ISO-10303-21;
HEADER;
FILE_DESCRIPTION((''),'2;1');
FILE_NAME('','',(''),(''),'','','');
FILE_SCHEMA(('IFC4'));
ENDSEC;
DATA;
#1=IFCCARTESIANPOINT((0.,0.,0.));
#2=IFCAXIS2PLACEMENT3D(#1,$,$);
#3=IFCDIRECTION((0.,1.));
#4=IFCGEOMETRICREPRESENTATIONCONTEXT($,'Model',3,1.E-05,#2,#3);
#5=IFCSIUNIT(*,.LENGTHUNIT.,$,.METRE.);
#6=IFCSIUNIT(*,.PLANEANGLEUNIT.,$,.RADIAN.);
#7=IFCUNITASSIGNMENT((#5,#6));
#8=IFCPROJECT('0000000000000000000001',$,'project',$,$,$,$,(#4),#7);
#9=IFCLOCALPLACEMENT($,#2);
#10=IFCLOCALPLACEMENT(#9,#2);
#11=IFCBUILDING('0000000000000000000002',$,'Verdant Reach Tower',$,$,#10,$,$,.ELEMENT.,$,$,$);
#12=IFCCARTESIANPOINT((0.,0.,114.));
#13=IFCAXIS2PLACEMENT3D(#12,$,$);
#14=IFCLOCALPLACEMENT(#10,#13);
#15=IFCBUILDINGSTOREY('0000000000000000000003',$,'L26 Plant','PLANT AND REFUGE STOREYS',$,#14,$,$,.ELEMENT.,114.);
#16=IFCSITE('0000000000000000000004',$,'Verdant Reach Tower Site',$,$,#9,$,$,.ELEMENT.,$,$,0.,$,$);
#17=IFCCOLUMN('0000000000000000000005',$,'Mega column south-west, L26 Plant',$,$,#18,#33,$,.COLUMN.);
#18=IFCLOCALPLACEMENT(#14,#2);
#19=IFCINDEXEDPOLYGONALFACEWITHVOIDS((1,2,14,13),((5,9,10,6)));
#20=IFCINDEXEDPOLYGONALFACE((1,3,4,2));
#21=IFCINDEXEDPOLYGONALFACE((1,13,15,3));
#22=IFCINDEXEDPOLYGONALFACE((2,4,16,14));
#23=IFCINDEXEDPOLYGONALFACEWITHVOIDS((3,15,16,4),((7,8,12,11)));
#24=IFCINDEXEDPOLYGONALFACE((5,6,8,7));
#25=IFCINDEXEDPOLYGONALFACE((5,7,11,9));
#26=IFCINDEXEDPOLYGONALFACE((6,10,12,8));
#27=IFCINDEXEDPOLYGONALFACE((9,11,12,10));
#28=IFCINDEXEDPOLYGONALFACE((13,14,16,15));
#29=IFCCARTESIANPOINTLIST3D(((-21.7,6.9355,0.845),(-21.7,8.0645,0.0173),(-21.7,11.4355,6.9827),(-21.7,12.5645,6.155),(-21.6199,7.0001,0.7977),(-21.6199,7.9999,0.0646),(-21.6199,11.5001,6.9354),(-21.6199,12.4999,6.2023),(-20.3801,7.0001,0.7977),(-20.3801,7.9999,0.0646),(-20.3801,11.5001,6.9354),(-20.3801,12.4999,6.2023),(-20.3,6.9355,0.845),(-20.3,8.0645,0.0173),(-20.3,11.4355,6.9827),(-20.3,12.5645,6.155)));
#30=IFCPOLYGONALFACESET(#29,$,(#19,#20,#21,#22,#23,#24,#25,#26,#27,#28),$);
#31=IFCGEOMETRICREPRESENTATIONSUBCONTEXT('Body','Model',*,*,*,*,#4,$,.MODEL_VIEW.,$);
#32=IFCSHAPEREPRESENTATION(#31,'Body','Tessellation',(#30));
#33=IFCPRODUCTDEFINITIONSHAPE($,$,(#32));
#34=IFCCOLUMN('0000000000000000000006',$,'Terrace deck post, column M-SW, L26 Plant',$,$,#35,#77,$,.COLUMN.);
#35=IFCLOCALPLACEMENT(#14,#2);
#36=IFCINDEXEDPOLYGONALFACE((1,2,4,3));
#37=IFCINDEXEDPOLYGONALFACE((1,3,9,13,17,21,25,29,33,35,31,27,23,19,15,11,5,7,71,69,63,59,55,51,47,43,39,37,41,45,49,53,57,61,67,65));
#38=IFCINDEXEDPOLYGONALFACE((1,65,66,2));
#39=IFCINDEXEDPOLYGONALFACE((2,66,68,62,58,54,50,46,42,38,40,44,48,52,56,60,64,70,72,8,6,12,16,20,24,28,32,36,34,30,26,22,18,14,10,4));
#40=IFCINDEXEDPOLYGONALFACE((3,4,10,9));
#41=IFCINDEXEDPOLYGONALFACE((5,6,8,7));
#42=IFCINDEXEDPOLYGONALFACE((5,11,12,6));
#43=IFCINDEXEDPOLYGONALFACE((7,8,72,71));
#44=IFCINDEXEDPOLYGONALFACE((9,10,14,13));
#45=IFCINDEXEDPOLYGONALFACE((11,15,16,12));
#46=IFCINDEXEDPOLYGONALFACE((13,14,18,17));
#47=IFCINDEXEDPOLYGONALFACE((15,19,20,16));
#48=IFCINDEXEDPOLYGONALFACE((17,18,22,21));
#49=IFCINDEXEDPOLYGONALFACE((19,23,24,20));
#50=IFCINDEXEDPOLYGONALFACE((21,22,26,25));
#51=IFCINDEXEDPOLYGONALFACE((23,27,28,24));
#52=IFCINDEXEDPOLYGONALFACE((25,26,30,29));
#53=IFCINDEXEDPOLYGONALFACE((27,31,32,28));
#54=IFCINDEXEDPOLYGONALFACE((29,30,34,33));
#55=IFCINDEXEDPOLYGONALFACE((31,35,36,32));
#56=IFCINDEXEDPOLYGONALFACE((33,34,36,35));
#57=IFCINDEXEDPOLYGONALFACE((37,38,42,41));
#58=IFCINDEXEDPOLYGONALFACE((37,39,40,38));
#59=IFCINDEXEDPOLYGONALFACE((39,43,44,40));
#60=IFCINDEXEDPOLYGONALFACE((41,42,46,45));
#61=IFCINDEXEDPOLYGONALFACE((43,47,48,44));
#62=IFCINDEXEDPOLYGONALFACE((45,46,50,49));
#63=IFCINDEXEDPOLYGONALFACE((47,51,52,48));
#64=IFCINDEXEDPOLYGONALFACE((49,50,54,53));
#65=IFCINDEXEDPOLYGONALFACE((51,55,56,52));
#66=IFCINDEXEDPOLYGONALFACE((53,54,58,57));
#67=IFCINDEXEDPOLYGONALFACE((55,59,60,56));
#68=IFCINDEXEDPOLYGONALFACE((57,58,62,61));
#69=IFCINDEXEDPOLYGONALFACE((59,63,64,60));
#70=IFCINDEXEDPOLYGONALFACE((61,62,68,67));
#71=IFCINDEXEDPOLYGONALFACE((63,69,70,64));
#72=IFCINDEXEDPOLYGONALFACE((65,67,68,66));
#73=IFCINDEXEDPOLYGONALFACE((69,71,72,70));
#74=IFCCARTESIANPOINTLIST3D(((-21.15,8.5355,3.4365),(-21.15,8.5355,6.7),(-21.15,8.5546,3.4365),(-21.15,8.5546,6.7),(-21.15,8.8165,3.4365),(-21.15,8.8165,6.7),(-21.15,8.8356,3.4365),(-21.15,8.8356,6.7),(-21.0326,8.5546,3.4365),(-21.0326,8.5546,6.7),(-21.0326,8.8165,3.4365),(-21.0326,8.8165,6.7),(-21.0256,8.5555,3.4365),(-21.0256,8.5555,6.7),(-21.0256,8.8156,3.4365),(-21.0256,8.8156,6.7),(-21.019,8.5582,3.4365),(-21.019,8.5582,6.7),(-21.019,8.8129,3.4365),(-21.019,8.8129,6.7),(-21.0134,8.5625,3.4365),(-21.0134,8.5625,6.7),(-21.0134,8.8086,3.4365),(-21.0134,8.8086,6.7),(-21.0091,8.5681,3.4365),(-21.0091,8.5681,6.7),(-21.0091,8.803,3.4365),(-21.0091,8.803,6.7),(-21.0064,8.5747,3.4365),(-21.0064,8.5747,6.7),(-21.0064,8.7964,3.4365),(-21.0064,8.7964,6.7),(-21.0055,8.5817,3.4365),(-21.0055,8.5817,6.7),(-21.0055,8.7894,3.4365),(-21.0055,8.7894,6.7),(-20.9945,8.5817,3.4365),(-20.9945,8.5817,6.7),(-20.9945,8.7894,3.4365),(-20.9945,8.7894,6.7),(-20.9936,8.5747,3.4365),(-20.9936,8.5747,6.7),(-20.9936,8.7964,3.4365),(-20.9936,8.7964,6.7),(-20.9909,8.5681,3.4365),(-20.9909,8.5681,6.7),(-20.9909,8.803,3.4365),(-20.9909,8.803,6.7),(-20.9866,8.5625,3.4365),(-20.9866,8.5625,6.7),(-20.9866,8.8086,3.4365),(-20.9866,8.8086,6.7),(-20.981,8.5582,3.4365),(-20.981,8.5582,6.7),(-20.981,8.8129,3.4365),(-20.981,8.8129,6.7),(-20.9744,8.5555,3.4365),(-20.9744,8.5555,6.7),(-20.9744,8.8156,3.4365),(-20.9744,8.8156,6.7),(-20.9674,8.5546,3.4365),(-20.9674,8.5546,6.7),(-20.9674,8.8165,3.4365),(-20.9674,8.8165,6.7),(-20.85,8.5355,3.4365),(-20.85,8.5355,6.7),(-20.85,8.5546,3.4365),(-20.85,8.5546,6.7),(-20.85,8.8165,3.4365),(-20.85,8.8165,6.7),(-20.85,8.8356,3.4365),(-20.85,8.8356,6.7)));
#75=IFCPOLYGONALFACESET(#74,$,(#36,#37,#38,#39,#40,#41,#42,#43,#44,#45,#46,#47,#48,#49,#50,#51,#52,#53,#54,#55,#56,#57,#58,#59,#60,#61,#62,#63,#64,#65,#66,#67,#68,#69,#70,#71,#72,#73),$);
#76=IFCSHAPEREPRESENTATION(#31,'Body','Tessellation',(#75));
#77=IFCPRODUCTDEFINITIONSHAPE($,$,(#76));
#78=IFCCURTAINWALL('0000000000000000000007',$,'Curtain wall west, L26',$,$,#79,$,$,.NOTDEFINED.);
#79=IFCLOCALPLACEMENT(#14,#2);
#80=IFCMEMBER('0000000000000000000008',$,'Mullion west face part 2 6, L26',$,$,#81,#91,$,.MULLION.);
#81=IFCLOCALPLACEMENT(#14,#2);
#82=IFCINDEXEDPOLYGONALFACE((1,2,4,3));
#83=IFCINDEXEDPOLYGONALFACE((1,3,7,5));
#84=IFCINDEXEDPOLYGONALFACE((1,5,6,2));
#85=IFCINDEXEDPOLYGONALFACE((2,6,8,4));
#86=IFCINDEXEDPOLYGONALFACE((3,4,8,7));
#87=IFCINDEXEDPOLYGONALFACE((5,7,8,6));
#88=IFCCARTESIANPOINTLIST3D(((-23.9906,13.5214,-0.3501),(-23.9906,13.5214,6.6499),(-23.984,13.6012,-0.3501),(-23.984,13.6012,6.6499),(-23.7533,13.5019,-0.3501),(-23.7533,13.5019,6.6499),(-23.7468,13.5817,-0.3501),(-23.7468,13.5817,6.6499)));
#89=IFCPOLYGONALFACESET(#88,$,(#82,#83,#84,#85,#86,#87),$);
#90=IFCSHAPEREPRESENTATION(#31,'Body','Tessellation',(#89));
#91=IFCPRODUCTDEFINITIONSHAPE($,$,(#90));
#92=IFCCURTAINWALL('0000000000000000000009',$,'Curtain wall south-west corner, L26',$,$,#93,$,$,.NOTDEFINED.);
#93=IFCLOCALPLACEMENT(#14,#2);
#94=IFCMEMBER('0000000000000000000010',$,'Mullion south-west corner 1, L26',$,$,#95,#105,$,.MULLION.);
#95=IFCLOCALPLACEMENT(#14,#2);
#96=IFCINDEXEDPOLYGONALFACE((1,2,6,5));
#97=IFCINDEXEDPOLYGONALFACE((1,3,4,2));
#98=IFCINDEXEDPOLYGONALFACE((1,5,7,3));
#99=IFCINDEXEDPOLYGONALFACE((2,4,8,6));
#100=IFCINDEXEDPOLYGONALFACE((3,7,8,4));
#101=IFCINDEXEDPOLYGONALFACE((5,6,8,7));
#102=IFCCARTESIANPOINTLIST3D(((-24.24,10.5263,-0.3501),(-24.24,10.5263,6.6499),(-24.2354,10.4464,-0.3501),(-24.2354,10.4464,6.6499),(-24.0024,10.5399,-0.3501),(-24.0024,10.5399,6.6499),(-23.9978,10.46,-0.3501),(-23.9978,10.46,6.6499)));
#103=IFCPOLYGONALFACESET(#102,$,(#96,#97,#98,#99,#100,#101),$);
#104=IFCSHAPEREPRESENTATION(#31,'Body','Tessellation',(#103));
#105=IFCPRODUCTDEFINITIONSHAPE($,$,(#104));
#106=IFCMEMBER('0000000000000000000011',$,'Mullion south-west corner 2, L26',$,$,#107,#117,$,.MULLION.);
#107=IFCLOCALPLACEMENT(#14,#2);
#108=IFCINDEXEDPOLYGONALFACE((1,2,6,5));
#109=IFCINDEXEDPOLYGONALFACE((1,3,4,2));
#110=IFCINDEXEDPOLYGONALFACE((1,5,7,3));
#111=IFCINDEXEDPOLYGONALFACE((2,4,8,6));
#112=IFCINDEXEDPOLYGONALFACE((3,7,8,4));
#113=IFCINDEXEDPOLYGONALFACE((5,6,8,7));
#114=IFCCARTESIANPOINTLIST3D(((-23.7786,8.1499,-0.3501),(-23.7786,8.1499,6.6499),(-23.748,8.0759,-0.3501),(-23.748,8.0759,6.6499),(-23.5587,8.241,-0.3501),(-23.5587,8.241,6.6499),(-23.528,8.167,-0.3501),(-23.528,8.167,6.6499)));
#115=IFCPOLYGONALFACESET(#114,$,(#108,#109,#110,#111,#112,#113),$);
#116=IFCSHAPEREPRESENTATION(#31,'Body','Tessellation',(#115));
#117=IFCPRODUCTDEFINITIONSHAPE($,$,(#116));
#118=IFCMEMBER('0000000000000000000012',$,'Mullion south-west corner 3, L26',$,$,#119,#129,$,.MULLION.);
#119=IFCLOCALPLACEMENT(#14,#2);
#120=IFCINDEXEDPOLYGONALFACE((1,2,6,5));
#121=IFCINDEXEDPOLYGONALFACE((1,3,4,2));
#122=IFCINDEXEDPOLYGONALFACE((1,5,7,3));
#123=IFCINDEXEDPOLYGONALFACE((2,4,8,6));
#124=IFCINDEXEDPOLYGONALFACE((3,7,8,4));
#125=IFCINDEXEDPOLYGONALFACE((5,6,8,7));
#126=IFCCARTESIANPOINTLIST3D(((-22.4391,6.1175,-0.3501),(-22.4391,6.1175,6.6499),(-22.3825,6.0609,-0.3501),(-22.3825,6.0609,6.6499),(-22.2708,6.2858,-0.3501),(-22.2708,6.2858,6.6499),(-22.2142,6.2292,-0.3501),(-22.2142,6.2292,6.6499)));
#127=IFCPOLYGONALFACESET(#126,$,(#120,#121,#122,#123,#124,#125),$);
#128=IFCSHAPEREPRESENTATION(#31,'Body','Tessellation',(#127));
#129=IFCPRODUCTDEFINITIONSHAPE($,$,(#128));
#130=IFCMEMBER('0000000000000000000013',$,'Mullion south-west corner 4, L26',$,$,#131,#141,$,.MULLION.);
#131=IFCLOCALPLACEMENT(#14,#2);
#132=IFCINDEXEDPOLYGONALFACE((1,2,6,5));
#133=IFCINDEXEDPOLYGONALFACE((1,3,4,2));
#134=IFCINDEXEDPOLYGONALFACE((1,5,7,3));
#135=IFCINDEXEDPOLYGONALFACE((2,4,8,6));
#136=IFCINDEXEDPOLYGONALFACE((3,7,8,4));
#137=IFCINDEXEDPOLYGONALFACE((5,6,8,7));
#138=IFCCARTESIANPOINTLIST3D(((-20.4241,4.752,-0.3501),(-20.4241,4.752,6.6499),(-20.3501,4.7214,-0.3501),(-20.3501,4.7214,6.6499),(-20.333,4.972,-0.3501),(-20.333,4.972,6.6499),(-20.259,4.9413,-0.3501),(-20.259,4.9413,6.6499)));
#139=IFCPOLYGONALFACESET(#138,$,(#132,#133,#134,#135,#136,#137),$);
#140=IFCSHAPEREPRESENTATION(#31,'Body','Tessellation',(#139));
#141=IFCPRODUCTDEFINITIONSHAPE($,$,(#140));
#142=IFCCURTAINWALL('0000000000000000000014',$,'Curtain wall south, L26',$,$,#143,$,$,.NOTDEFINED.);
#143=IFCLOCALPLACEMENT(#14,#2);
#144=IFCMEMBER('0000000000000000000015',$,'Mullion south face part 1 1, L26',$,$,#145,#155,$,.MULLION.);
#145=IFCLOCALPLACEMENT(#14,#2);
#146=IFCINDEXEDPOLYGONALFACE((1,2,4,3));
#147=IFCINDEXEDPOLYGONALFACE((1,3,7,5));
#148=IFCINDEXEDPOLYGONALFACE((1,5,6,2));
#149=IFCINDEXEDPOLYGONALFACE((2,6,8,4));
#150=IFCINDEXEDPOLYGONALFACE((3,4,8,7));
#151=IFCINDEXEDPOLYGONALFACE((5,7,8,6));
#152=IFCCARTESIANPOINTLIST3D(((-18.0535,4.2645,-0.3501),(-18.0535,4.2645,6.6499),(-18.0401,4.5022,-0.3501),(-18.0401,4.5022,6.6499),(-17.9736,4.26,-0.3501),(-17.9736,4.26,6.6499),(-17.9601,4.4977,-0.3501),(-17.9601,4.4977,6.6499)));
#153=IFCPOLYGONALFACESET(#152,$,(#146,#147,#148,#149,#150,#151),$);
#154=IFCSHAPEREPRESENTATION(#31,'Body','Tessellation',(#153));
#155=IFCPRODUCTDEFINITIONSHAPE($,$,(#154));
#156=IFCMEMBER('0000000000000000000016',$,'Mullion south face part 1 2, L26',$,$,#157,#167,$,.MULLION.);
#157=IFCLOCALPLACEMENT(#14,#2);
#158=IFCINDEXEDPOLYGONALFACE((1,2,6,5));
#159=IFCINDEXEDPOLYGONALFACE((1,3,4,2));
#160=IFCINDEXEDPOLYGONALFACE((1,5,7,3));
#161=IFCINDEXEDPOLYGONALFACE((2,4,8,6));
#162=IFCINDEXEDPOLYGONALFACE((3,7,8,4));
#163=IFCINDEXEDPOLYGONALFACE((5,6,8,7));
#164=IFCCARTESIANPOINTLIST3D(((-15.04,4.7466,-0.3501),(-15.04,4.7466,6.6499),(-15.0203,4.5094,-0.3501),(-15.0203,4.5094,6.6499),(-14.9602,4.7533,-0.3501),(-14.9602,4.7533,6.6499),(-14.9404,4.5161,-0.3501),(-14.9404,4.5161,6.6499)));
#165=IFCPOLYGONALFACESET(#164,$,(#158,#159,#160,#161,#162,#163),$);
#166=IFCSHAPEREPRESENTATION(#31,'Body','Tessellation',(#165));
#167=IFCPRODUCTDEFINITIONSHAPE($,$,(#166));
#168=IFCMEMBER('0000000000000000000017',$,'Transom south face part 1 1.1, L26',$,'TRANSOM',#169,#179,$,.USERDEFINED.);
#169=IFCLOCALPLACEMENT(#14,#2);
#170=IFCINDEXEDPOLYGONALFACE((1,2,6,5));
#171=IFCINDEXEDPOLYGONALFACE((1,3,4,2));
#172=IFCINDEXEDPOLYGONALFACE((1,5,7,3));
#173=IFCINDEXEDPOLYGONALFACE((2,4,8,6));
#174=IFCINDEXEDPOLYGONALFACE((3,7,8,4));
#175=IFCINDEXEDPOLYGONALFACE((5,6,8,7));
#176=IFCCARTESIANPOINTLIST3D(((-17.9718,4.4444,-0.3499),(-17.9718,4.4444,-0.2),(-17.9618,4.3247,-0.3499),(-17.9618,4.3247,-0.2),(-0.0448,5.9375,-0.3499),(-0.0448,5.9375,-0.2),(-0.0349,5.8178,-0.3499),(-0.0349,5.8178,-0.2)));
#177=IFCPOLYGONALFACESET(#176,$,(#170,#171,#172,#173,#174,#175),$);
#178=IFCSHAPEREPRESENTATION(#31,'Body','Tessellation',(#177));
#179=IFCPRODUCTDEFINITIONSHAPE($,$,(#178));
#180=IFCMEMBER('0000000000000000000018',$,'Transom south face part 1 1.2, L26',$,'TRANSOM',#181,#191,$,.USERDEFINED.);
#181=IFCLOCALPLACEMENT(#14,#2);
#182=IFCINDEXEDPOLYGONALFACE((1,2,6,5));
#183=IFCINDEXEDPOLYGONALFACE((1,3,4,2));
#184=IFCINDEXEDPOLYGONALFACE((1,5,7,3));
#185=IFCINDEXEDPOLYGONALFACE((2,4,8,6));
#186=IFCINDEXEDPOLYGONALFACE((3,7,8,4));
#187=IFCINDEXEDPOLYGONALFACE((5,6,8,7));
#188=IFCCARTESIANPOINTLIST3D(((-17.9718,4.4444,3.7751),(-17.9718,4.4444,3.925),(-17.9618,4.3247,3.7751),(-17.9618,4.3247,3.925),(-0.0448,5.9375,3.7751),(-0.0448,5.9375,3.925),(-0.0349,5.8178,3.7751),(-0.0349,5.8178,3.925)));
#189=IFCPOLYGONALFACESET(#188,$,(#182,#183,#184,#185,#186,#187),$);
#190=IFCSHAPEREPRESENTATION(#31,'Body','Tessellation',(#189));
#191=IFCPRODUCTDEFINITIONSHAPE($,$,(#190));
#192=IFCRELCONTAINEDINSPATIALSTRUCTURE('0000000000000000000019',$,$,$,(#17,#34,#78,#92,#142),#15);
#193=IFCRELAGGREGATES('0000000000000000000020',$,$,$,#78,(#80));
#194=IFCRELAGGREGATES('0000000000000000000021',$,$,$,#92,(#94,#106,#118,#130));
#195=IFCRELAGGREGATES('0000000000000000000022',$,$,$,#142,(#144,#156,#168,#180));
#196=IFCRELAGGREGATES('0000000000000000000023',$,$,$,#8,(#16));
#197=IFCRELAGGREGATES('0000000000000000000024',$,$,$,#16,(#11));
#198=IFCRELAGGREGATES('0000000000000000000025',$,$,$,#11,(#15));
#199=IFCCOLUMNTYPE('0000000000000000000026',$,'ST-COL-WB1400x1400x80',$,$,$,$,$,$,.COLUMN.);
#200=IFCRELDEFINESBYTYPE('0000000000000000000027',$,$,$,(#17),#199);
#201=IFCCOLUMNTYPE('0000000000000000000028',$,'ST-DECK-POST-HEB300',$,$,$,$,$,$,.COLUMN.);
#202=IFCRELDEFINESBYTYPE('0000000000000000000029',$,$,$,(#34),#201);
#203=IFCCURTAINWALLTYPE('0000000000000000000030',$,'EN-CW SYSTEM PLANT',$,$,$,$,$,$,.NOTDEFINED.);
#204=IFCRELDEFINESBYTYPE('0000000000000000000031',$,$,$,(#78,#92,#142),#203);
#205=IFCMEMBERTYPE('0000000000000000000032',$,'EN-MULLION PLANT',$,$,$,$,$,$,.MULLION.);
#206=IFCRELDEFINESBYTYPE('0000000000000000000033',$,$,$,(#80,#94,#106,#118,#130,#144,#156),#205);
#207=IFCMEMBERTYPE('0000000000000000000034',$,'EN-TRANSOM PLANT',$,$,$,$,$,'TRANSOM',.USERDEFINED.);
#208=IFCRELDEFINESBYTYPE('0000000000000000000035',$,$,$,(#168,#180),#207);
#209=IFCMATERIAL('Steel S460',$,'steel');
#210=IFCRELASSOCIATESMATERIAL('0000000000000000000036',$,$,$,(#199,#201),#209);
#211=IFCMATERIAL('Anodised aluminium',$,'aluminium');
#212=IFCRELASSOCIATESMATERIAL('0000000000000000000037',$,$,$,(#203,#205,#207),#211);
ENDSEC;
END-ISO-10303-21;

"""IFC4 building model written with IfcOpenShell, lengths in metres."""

from ifc_helpers import new_model, si_unit, direction, frame, origin, origin_2d, place, context, subcontext, project, spatial, rectangle, hollow_rectangle, i_section, extrude, material, material_profile, profile_set, type_object, element, aggregate, save


model = new_model("IFC4")

# Units and contexts
model_context = context("Model", 3, precision=1e-05, world=origin(), true_north=direction((0.0, 1.0)))
body_context = subcontext(model_context, "Body", "Model", "MODEL_VIEW")
ifc_project = project(units=[si_unit("LENGTHUNIT", "METRE"), si_unit("PLANEANGLEUNIT", "RADIAN")], contexts=[model_context])

# Site, building, storey
site_placement = place(None, origin())
site = spatial("IfcSite", under=ifc_project, at=site_placement, Name="Verdant Reach Tower Site", CompositionType="ELEMENT", RefElevation=0.0)
building_placement = place(site_placement, origin())
building = spatial("IfcBuilding", under=site, at=building_placement, Name="Verdant Reach Tower", CompositionType="ELEMENT")
storey_placement = place(building_placement, frame((0.0, 0.0, 114.0)))
storey = spatial("IfcBuildingStorey", under=building, at=storey_placement, Name="L26 Plant", Description="PLANT AND REFUGE STOREYS", CompositionType="ELEMENT", Elevation=114.0)

# Columns
ifc_material_1 = material(Name="Steel S460", Category="steel")
ifc_material_profile_1 = material_profile(ifc_material_1, hollow_rectangle(XDim=1.3999, YDim=1.3999, WallThickness=0.0801, at=origin_2d()), Name="WB 1400x1400x80")
ifc_profile_set_1 = profile_set([ifc_material_profile_1], Name="Steel S460")
column_type_1 = type_object("IfcColumnType", Name="ST-COL-WB1400x1400x80", PredefinedType="COLUMN", material=ifc_profile_set_1)
column_1_placement = place(storey_placement, frame((-21.0, 7.5, 0.4312), z_axis=(0.0, 0.59128, 0.806466), x_axis=(-1.0, 0.0, 0.0)))
element("IfcColumn", 1, at=column_1_placement, inside=storey, type_object=column_type_1, Name="Mega column south-west, L26 Plant", PredefinedType="COLUMN", context=body_context, shape_type="SweptSolid", body=[
    extrude(hollow_rectangle(XDim=1.3999, YDim=1.3999, WallThickness=0.0801, at=origin_2d()), origin(), (0.0, 0.0, 1.0), 7.6106),
])
ifc_material_profile_2 = material_profile(ifc_material_1, i_section(OverallWidth=0.3, OverallDepth=0.3, WebThickness=0.011, FlangeThickness=0.019, FilletRadius=0.0271, at=origin_2d()), Name="HEB 300")
ifc_profile_set_2 = profile_set([ifc_material_profile_2], Name="Steel S460")
column_type_2 = type_object("IfcColumnType", Name="ST-DECK-POST-HEB300", PredefinedType="COLUMN", material=ifc_profile_set_2)
column_2_placement = place(storey_placement, frame((-21.0, 8.6855, 3.4365), z_axis=(0.0, 0.0, 1.0), x_axis=(1.0, 0.0, 0.0)))
element("IfcColumn", 2, at=column_2_placement, inside=storey, type_object=column_type_2, Name="Terrace deck post, column M-SW, L26 Plant", PredefinedType="COLUMN", context=body_context, shape_type="SweptSolid", body=[
    extrude(i_section(OverallWidth=0.3, OverallDepth=0.3, WebThickness=0.011, FlangeThickness=0.019, FilletRadius=0.0271, at=origin_2d()), origin(), (0.0, 0.0, 1.0), 3.2634),
])

# Curtain wall, member
ifc_material_2 = material(Name="Anodised aluminium", Category="aluminium")
curtain_wall_type = type_object("IfcCurtainWallType", Name="EN-CW SYSTEM PLANT", PredefinedType="NOTDEFINED", material=ifc_material_2)
curtain_wall_1_placement = place(storey_placement, origin())
curtain_wall_1 = element("IfcCurtainWall", 3, at=curtain_wall_1_placement, inside=storey, type_object=curtain_wall_type, Name="Curtain wall west, L26", PredefinedType="NOTDEFINED")
ifc_material_profile_3 = material_profile(ifc_material_2, rectangle(XDim=0.238, YDim=0.0801, at=origin_2d()), Name="Mullion 80x240")
ifc_profile_set_3 = profile_set([ifc_material_profile_3], Name="Anodised aluminium")
member_type_1 = type_object("IfcMemberType", Name="EN-MULLION PLANT", PredefinedType="MULLION", material=ifc_profile_set_3)
member_1_placement = place(storey_placement, frame((-23.8687, 13.5515, -0.3501), z_axis=(0.0, 0.0, 1.0), x_axis=(-0.996639, 0.081916, 0.0)))
member_1 = element("IfcMember", 4, at=member_1_placement, type_object=member_type_1, Name="Mullion west face part 2 6, L26", PredefinedType="MULLION", context=body_context, shape_type="SweptSolid", body=[
    extrude(rectangle(XDim=0.238, YDim=0.0801, at=origin_2d()), origin(), (0.0, 0.0, 1.0), 7.0),
])

# Curtain walls, members
curtain_wall_2_placement = place(storey_placement, origin())
curtain_wall_2 = element("IfcCurtainWall", 5, at=curtain_wall_2_placement, inside=storey, type_object=curtain_wall_type, Name="Curtain wall south-west corner, L26", PredefinedType="NOTDEFINED")
member_2_placement = place(storey_placement, frame((-24.1189, 10.4932, -0.3501), z_axis=(0.0, 0.0, 1.0), x_axis=(-0.998366, -0.057135, 0.0)))
member_2 = element("IfcMember", 6, at=member_2_placement, type_object=member_type_1, Name="Mullion south-west corner 1, L26", PredefinedType="MULLION", context=body_context, shape_type="SweptSolid", body=[
    extrude(rectangle(XDim=0.238, YDim=0.0801, at=origin_2d()), origin(), (0.0, 0.0, 1.0), 7.0),
])
member_3_placement = place(storey_placement, frame((-23.6533, 8.1584, -0.3501), z_axis=(0.0, 0.0, 1.0), x_axis=(-0.923875, -0.382694, 0.0)))
member_3 = element("IfcMember", 7, at=member_3_placement, type_object=member_type_1, Name="Mullion south-west corner 2, L26", PredefinedType="MULLION", context=body_context, shape_type="SweptSolid", body=[
    extrude(rectangle(XDim=0.238, YDim=0.0801, at=origin_2d()), origin(), (0.0, 0.0, 1.0), 7.0),
])
member_4_placement = place(storey_placement, frame((-22.3267, 6.1733, -0.3501), z_axis=(0.0, 0.0, 1.0), x_axis=(-0.707107, -0.707107, 0.0)))
member_4 = element("IfcMember", 8, at=member_4_placement, type_object=member_type_1, Name="Mullion south-west corner 3, L26", PredefinedType="MULLION", context=body_context, shape_type="SweptSolid", body=[
    extrude(rectangle(XDim=0.238, YDim=0.0801, at=origin_2d()), origin(), (0.0, 0.0, 1.0), 7.0),
])
member_5_placement = place(storey_placement, frame((-20.3416, 4.8467, -0.3501), z_axis=(0.0, 0.0, 1.0), x_axis=(-0.382694, -0.923875, 0.0)))
member_5 = element("IfcMember", 9, at=member_5_placement, type_object=member_type_1, Name="Mullion south-west corner 4, L26", PredefinedType="MULLION", context=body_context, shape_type="SweptSolid", body=[
    extrude(rectangle(XDim=0.238, YDim=0.0801, at=origin_2d()), origin(), (0.0, 0.0, 1.0), 7.0),
])
curtain_wall_3_placement = place(storey_placement, origin())
curtain_wall_3 = element("IfcCurtainWall", 10, at=curtain_wall_3_placement, inside=storey, type_object=curtain_wall_type, Name="Curtain wall south, L26", PredefinedType="NOTDEFINED")
member_6_placement = place(storey_placement, frame((-18.0068, 4.3811, -0.3501), z_axis=(0.0, 0.0, 1.0), x_axis=(-0.056569, -0.998399, 0.0)))
member_6 = element("IfcMember", 11, at=member_6_placement, type_object=member_type_1, Name="Mullion south face part 1 1, L26", PredefinedType="MULLION", context=body_context, shape_type="SweptSolid", body=[
    extrude(rectangle(XDim=0.238, YDim=0.0801, at=origin_2d()), origin(), (0.0, 0.0, 1.0), 7.0),
])
member_7_placement = place(storey_placement, frame((-14.9902, 4.6313, -0.3501), z_axis=(0.0, 0.0, 1.0), x_axis=(0.083045, -0.996546, 0.0)))
member_7 = element("IfcMember", 12, at=member_7_placement, type_object=member_type_1, Name="Mullion south face part 1 2, L26", PredefinedType="MULLION", context=body_context, shape_type="SweptSolid", body=[
    extrude(rectangle(XDim=0.238, YDim=0.0801, at=origin_2d()), origin(), (0.0, 0.0, 1.0), 7.0),
])
ifc_material_profile_4 = material_profile(ifc_material_2, rectangle(XDim=0.1201, YDim=0.1499, at=origin_2d()), Name="Transom 150x120")
ifc_profile_set_4 = profile_set([ifc_material_profile_4], Name="Anodised aluminium")
member_type_2 = type_object("IfcMemberType", Name="EN-TRANSOM PLANT", ElementType="TRANSOM", PredefinedType="USERDEFINED", material=ifc_profile_set_4)
member_8_placement = place(storey_placement, frame((-17.9668, 4.3845, -0.2749), z_axis=(0.996549, 0.083004, 0.0), x_axis=(-0.083004, 0.996549, 0.0)))
member_8 = element("IfcMember", 13, at=member_8_placement, type_object=member_type_2, Name="Transom south face part 1 1.1, L26", ObjectType="TRANSOM", PredefinedType="USERDEFINED", context=body_context, shape_type="SweptSolid", body=[
    extrude(rectangle(XDim=0.1201, YDim=0.1499, at=origin_2d()), origin(), (0.0, 0.0, 1.0), 17.989),
])
member_9_placement = place(storey_placement, frame((-17.9668, 4.3845, 3.8501), z_axis=(0.996549, 0.083004, 0.0), x_axis=(-0.083004, 0.996549, 0.0)))
member_9 = element("IfcMember", 14, at=member_9_placement, type_object=member_type_2, Name="Transom south face part 1 1.2, L26", ObjectType="TRANSOM", PredefinedType="USERDEFINED", context=body_context, shape_type="SweptSolid", body=[
    extrude(rectangle(XDim=0.1201, YDim=0.1499, at=origin_2d()), origin(), (0.0, 0.0, 1.0), 17.989),
])

aggregate(curtain_wall_1, [member_1])
aggregate(curtain_wall_2, [member_2, member_3, member_4, member_5])
aggregate(curtain_wall_3, [member_6, member_7, member_8, member_9])

save(model, "model.ifc")
